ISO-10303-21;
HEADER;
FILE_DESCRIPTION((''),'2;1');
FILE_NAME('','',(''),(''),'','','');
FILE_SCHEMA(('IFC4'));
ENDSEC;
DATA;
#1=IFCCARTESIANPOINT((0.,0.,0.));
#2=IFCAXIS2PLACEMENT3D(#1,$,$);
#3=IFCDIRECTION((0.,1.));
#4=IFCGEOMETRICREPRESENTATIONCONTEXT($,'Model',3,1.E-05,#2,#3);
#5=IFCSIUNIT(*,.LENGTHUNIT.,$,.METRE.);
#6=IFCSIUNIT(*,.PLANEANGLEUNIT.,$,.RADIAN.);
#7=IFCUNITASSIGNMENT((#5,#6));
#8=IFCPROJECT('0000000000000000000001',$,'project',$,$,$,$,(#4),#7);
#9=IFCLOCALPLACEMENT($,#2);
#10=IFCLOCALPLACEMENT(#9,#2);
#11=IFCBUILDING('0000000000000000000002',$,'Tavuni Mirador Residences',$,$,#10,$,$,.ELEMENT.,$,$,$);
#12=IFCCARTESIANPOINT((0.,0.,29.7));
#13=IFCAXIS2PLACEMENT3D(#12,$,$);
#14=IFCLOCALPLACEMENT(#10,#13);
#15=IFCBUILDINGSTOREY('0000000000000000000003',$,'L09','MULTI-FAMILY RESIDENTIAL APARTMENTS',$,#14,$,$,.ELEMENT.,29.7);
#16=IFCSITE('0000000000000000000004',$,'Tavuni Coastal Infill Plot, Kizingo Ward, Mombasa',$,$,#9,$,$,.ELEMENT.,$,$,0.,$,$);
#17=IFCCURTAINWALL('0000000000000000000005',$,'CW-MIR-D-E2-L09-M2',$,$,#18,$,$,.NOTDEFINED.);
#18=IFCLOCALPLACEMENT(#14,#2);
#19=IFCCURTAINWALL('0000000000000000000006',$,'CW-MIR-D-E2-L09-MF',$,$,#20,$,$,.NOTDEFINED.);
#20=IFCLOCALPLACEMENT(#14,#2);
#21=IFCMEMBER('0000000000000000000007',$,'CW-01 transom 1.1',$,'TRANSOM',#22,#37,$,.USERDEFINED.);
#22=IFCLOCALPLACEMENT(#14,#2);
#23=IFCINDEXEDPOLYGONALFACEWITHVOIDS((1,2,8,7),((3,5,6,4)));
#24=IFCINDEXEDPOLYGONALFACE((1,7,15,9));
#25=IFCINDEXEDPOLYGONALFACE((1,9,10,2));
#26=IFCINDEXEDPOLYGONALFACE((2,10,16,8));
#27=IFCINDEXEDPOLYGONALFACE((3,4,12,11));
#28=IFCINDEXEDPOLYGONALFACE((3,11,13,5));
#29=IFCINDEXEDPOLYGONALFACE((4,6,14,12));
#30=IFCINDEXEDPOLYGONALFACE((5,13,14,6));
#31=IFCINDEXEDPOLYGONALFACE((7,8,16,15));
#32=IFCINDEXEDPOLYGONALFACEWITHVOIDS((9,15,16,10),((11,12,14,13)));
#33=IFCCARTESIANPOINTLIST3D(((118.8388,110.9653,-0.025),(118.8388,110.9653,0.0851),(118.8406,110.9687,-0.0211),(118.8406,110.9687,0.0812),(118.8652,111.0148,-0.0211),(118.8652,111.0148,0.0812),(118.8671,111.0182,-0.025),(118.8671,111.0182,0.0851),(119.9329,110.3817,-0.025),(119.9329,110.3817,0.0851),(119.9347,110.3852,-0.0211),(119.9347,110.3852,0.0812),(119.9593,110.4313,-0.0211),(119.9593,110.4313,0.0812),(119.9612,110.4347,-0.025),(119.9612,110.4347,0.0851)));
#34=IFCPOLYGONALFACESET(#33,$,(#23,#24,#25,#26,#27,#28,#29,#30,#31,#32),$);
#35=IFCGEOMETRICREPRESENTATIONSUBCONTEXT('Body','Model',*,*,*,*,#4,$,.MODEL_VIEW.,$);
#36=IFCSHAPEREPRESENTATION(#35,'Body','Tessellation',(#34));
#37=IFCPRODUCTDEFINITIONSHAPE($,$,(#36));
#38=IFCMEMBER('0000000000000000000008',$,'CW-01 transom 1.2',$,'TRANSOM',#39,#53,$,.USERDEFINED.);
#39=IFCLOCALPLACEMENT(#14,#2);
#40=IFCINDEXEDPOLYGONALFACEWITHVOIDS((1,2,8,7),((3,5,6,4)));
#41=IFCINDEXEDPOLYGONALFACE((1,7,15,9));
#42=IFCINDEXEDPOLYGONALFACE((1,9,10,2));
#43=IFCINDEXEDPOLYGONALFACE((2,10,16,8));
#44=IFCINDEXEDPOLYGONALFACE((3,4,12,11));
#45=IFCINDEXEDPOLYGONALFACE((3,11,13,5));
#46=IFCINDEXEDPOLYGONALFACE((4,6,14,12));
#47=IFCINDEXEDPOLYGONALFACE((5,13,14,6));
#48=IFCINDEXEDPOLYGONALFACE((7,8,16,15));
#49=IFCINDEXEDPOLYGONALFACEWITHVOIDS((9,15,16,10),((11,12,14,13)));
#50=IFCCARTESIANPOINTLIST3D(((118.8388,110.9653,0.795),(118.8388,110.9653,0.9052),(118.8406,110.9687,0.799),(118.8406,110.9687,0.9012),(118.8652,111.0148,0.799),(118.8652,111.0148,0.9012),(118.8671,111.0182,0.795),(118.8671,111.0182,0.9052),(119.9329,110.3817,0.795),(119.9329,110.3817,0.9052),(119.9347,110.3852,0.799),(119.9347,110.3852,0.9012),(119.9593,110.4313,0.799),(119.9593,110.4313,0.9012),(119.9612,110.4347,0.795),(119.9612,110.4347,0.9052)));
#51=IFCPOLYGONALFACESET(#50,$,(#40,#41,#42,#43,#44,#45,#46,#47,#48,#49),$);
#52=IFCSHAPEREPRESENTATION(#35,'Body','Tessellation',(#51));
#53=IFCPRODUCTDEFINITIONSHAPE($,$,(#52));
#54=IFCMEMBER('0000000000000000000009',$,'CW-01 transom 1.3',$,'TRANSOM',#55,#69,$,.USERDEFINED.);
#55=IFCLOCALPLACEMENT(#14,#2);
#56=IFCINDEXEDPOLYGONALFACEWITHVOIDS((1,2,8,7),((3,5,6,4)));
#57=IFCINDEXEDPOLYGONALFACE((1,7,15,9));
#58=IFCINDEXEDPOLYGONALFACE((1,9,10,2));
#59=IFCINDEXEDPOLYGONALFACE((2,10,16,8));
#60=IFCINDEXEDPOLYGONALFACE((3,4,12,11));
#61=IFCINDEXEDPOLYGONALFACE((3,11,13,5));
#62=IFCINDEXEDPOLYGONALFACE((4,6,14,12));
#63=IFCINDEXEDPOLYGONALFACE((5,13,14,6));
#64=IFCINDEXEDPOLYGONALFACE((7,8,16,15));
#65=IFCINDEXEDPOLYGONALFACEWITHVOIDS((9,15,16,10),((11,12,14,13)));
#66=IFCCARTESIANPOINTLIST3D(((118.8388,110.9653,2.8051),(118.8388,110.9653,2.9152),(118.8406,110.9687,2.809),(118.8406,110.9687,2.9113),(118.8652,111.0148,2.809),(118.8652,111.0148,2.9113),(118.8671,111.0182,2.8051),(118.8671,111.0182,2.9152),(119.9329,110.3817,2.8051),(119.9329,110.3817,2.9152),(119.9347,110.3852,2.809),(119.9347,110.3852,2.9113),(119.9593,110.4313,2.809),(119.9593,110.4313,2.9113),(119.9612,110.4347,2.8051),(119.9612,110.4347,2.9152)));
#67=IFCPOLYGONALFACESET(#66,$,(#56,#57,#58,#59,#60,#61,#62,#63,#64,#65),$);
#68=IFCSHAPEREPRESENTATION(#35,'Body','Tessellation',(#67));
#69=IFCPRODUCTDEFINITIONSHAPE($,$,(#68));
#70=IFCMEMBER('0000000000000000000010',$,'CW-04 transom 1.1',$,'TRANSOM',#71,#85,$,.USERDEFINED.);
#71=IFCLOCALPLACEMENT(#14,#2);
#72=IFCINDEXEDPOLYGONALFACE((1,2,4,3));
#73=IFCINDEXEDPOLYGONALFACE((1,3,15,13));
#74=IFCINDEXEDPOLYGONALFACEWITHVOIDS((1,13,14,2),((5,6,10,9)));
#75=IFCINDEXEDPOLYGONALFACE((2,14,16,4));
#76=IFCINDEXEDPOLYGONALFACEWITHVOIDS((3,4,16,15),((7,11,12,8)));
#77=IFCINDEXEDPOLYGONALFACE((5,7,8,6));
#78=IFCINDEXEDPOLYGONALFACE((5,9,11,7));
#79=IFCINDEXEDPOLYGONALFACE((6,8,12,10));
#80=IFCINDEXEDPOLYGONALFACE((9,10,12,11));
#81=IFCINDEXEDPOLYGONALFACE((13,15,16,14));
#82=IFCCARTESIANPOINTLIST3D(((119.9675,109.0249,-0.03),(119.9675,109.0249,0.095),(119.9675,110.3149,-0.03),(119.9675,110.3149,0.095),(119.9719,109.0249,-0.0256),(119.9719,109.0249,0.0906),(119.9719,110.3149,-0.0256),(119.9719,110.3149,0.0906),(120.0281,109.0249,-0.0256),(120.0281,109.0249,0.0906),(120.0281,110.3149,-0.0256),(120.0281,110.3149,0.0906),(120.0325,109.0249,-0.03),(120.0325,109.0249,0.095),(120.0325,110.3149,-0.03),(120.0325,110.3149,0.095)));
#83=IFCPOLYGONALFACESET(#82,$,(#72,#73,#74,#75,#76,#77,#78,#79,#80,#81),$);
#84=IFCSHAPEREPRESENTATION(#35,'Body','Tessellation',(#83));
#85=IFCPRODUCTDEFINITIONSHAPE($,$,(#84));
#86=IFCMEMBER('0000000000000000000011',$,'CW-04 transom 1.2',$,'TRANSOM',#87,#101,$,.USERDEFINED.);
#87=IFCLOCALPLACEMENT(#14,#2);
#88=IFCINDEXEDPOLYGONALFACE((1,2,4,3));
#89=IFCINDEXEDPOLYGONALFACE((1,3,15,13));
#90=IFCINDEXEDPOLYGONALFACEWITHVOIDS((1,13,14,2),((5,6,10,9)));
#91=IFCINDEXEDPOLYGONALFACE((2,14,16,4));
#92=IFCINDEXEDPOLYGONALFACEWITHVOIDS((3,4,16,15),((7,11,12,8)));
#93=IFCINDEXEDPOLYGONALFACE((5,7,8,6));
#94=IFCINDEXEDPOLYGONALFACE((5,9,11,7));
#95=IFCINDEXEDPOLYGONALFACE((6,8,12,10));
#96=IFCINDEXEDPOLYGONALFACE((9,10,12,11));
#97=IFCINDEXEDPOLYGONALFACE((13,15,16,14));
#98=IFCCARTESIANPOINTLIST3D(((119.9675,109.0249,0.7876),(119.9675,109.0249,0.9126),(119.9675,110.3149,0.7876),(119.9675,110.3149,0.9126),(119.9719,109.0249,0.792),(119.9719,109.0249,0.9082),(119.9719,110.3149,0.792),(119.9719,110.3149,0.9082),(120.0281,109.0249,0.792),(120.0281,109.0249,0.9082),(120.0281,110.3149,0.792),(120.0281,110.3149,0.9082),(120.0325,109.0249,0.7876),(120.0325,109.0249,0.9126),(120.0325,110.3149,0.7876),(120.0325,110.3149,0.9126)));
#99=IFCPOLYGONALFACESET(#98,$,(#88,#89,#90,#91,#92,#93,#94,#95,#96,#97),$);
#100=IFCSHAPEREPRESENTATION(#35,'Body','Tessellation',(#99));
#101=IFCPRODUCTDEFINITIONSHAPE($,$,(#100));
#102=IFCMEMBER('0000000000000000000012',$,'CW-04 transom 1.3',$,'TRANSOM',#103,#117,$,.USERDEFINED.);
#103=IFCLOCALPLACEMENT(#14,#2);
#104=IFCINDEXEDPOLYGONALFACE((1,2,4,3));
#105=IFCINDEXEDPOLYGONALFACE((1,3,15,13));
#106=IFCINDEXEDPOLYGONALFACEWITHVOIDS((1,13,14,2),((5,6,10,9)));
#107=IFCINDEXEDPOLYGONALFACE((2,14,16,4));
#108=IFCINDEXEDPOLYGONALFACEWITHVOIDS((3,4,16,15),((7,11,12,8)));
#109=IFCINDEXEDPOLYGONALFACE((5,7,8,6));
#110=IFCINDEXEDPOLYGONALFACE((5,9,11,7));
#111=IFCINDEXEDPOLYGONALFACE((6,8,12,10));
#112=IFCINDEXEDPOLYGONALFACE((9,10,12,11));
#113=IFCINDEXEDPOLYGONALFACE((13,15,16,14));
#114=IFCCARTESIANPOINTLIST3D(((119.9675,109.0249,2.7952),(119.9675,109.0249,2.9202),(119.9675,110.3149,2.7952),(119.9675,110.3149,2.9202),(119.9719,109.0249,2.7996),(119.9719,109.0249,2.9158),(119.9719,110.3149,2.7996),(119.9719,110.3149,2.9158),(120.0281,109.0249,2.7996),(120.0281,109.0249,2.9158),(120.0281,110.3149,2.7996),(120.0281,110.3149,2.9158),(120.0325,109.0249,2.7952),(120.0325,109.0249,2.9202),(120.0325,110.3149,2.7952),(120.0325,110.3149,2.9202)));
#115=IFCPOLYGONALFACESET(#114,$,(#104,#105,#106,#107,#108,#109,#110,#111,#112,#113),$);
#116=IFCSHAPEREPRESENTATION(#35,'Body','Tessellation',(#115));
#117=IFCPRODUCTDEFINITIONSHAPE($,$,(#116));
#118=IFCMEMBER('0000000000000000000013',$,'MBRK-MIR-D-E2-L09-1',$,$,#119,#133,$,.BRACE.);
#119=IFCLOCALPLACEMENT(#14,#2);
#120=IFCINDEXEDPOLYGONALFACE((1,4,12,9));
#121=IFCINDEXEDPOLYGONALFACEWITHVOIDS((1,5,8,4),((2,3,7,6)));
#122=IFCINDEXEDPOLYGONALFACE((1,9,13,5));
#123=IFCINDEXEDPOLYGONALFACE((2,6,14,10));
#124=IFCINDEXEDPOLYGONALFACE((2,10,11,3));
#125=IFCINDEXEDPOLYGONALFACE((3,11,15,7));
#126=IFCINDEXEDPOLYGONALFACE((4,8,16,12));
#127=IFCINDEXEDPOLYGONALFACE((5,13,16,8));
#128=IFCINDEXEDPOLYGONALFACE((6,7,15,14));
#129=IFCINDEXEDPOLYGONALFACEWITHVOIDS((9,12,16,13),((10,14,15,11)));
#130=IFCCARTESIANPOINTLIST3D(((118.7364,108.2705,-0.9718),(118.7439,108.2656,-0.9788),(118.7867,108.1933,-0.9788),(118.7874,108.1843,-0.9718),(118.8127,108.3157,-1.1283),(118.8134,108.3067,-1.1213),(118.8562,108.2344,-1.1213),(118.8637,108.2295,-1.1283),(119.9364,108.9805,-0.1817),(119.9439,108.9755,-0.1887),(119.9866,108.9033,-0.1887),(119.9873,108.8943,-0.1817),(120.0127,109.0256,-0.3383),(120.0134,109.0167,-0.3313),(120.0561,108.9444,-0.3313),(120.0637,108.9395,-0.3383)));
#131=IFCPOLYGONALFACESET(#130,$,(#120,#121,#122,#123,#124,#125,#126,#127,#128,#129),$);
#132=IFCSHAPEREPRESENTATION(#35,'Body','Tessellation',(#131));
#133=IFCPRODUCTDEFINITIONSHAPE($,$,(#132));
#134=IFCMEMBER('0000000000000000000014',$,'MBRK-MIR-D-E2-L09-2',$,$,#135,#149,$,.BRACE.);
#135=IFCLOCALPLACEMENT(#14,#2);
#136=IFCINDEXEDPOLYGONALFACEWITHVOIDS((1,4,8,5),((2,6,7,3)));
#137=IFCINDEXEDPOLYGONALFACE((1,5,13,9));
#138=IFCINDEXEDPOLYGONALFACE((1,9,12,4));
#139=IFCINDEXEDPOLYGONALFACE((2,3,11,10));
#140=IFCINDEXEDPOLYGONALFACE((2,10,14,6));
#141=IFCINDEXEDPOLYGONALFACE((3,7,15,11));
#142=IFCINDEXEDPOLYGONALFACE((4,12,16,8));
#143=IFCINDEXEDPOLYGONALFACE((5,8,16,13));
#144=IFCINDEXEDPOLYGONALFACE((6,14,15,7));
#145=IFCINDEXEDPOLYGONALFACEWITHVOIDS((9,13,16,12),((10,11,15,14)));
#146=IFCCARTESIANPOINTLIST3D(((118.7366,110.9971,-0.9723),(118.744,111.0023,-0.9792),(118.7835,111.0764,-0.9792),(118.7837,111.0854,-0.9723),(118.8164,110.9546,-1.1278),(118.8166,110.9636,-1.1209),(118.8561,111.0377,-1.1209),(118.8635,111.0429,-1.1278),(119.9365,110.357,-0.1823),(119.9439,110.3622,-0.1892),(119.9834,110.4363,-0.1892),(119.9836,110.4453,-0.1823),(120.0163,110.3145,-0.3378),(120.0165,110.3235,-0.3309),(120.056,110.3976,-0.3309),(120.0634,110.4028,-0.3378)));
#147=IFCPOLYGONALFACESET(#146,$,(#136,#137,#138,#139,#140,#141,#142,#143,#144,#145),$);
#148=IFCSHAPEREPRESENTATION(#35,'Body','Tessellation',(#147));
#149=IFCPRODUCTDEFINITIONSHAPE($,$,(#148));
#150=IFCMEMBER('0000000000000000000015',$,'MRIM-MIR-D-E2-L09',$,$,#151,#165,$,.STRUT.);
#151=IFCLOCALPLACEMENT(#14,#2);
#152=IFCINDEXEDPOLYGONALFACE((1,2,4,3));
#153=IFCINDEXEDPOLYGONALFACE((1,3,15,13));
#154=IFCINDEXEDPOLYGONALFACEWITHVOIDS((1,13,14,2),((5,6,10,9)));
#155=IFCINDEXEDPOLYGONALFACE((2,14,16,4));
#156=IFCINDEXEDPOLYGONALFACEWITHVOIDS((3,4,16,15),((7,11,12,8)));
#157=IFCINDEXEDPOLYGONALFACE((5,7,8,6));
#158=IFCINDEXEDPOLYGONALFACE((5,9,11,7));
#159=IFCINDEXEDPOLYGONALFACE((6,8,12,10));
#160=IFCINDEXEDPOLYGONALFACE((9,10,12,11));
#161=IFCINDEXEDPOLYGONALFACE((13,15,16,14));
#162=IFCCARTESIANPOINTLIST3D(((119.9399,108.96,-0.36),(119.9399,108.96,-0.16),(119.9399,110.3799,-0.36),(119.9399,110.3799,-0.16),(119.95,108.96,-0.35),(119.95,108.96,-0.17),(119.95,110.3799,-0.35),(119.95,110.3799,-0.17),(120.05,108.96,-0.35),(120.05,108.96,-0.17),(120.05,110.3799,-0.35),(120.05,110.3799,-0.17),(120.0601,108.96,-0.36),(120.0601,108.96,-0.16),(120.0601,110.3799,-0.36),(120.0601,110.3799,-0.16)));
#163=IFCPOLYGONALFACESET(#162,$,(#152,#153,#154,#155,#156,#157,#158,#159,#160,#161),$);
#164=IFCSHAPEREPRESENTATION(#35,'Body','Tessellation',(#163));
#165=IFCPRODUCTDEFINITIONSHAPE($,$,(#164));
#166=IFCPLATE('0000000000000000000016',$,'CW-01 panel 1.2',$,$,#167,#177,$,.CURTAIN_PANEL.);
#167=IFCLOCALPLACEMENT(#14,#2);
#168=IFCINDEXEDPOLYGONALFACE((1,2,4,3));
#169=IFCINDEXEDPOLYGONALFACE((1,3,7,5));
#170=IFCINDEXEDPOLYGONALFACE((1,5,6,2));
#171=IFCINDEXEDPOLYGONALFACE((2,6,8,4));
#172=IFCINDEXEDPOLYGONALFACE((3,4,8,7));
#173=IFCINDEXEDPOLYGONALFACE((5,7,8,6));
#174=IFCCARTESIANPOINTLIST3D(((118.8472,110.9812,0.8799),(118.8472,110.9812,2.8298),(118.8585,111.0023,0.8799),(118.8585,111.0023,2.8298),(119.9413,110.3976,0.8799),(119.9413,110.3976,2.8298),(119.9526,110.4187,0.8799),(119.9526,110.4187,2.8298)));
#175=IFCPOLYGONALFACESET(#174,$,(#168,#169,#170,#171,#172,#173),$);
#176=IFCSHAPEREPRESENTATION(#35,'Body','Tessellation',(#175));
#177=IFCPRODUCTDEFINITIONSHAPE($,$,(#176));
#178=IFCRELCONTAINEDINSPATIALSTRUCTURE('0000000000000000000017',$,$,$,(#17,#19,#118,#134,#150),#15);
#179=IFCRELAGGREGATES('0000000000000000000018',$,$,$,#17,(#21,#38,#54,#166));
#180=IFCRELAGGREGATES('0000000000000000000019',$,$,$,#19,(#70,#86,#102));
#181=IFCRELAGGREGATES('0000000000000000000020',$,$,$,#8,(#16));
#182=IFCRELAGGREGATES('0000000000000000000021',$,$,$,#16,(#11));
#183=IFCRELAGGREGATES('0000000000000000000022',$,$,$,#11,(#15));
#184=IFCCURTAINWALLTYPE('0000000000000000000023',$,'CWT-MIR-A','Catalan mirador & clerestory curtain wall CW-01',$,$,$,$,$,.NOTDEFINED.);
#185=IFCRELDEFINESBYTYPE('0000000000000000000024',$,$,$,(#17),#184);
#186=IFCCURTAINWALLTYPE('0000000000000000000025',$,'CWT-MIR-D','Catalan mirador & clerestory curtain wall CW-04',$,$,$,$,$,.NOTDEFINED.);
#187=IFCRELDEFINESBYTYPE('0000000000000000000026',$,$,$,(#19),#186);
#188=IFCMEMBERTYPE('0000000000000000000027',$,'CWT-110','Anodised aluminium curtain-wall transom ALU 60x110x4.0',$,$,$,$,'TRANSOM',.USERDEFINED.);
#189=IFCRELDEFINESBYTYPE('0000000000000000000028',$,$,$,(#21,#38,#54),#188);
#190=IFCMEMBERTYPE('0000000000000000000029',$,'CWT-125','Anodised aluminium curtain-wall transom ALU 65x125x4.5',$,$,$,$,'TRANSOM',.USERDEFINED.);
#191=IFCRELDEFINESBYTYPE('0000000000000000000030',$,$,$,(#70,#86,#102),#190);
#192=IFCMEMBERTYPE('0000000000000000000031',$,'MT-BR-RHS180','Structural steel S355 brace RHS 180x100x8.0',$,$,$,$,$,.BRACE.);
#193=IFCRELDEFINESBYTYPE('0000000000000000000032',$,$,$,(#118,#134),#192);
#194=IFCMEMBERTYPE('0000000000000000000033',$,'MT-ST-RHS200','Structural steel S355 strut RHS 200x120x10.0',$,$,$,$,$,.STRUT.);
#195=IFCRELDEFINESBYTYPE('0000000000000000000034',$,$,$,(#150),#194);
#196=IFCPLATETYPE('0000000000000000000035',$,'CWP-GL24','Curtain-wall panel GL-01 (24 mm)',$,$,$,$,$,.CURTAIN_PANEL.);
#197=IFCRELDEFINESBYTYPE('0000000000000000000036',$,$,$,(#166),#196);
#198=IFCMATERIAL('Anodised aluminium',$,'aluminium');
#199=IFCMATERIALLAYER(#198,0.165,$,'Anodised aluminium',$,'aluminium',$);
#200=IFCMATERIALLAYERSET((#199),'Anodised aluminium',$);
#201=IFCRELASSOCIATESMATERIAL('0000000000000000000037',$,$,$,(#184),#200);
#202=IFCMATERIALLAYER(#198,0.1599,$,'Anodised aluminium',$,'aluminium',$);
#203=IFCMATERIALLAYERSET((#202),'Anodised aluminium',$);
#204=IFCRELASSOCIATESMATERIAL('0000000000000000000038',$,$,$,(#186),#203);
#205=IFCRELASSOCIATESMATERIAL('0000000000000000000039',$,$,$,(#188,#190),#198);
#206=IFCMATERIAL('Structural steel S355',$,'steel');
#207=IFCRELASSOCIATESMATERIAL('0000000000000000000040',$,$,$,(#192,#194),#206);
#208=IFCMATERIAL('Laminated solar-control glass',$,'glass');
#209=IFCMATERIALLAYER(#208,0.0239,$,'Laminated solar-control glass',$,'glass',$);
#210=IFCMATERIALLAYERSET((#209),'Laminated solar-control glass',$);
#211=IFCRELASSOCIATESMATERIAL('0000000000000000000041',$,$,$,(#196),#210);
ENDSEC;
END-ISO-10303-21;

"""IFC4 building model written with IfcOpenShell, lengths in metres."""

from ifc_helpers import new_model, si_unit, direction, frame, origin, origin_2d, place, context, subcontext, project, spatial, rectangle, hollow_rectangle, extrude, material, layer, layer_set, material_profile, profile_set, type_object, element, aggregate, save


model = new_model("IFC4")

# Units and contexts
model_context = context("Model", 3, precision=1e-05, world=origin(), true_north=direction((0.0, 1.0)))
body_context = subcontext(model_context, "Body", "Model", "MODEL_VIEW")
ifc_project = project(units=[si_unit("LENGTHUNIT", "METRE"), si_unit("PLANEANGLEUNIT", "RADIAN")], contexts=[model_context])

# Site, building, storey
site_placement = place(None, origin())
site = spatial("IfcSite", under=ifc_project, at=site_placement, Name="Tavuni Coastal Infill Plot, Kizingo Ward, Mombasa", CompositionType="ELEMENT", RefElevation=0.0)
building_placement = place(site_placement, origin())
building = spatial("IfcBuilding", under=site, at=building_placement, Name="Tavuni Mirador Residences", CompositionType="ELEMENT")
storey_placement = place(building_placement, frame((0.0, 0.0, 29.7)))
storey = spatial("IfcBuildingStorey", under=building, at=storey_placement, Name="L09", Description="MULTI-FAMILY RESIDENTIAL APARTMENTS", CompositionType="ELEMENT", Elevation=29.7)

# Curtain walls
ifc_material_1 = material(Name="Anodised aluminium", Category="aluminium")
ifc_layer_1 = layer(ifc_material_1, 0.165, Name="Anodised aluminium", Category="aluminium")
ifc_layer_set_1 = layer_set([ifc_layer_1], Name="Anodised aluminium")
curtain_wall_type_1 = type_object("IfcCurtainWallType", Name="CWT-MIR-A", Description="Catalan mirador & clerestory curtain wall CW-01", PredefinedType="NOTDEFINED", material=ifc_layer_set_1)
curtain_wall_1_placement = place(storey_placement, origin())
curtain_wall_1 = element("IfcCurtainWall", 1, at=curtain_wall_1_placement, inside=storey, type_object=curtain_wall_type_1, Name="CW-MIR-D-E2-L09-M2", PredefinedType="NOTDEFINED")
ifc_layer_2 = layer(ifc_material_1, 0.1599, Name="Anodised aluminium", Category="aluminium")
ifc_layer_set_2 = layer_set([ifc_layer_2], Name="Anodised aluminium")
curtain_wall_type_2 = type_object("IfcCurtainWallType", Name="CWT-MIR-D", Description="Catalan mirador & clerestory curtain wall CW-04", PredefinedType="NOTDEFINED", material=ifc_layer_set_2)
curtain_wall_2_placement = place(storey_placement, origin())
curtain_wall_2 = element("IfcCurtainWall", 2, at=curtain_wall_2_placement, inside=storey, type_object=curtain_wall_type_2, Name="CW-MIR-D-E2-L09-MF", PredefinedType="NOTDEFINED")

# Members
ifc_material_profile_1 = material_profile(ifc_material_1, hollow_rectangle(XDim=0.0601, YDim=0.1101, WallThickness=0.0039, at=origin_2d()), Name="ALU 60x110x4.0", Category="aluminium")
ifc_profile_set_1 = profile_set([ifc_material_profile_1], Name="Anodised aluminium")
member_type_1 = type_object("IfcMemberType", Name="CWT-110", Description="Anodised aluminium curtain-wall transom ALU 60x110x4.0", ElementType="TRANSOM", PredefinedType="USERDEFINED", material=ifc_profile_set_1)
member_1_placement = place(storey_placement, frame((119.947, 110.4082, 0.03), z_axis=(-0.882342, 0.470609, 0.0), x_axis=(-0.470609, -0.882342, 0.0)))
member_1 = element("IfcMember", 3, at=member_1_placement, type_object=member_type_1, Name="CW-01 transom 1.1", ObjectType="TRANSOM", PredefinedType="USERDEFINED", context=body_context, shape_type="SweptSolid", body=[
    extrude(hollow_rectangle(XDim=0.0601, YDim=0.1101, WallThickness=0.0039, at=origin_2d()), origin(), (0.0, 0.0, 1.0), 1.24),
])
member_2_placement = place(storey_placement, frame((119.947, 110.4082, 0.8501), z_axis=(-0.882342, 0.470609, 0.0), x_axis=(-0.470609, -0.882342, 0.0)))
member_2 = element("IfcMember", 4, at=member_2_placement, type_object=member_type_1, Name="CW-01 transom 1.2", ObjectType="TRANSOM", PredefinedType="USERDEFINED", context=body_context, shape_type="SweptSolid", body=[
    extrude(hollow_rectangle(XDim=0.0601, YDim=0.1101, WallThickness=0.0039, at=origin_2d()), origin(), (0.0, 0.0, 1.0), 1.24),
])
member_3_placement = place(storey_placement, frame((119.947, 110.4082, 2.8601), z_axis=(-0.882342, 0.470609, 0.0), x_axis=(-0.470609, -0.882342, 0.0)))
member_3 = element("IfcMember", 5, at=member_3_placement, type_object=member_type_1, Name="CW-01 transom 1.3", ObjectType="TRANSOM", PredefinedType="USERDEFINED", context=body_context, shape_type="SweptSolid", body=[
    extrude(hollow_rectangle(XDim=0.0601, YDim=0.1101, WallThickness=0.0039, at=origin_2d()), origin(), (0.0, 0.0, 1.0), 1.24),
])
ifc_material_profile_2 = material_profile(ifc_material_1, hollow_rectangle(XDim=0.0649, YDim=0.125, WallThickness=0.0044, at=origin_2d()), Name="ALU 65x125x4.5", Category="aluminium")
ifc_profile_set_2 = profile_set([ifc_material_profile_2], Name="Anodised aluminium")
member_type_2 = type_object("IfcMemberType", Name="CWT-125", Description="Anodised aluminium curtain-wall transom ALU 65x125x4.5", ElementType="TRANSOM", PredefinedType="USERDEFINED", material=ifc_profile_set_2)
member_4_placement = place(storey_placement, frame((120.0, 109.0249, 0.0325), z_axis=(0.0, 1.0, 0.0), x_axis=(-1.0, 0.0, 0.0)))
member_4 = element("IfcMember", 6, at=member_4_placement, type_object=member_type_2, Name="CW-04 transom 1.1", ObjectType="TRANSOM", PredefinedType="USERDEFINED", context=body_context, shape_type="SweptSolid", body=[
    extrude(hollow_rectangle(XDim=0.0649, YDim=0.125, WallThickness=0.0044, at=origin_2d()), origin(), (0.0, 0.0, 1.0), 1.29),
])
member_5_placement = place(storey_placement, frame((120.0, 109.0249, 0.8501), z_axis=(0.0, 1.0, 0.0), x_axis=(-1.0, 0.0, 0.0)))
member_5 = element("IfcMember", 7, at=member_5_placement, type_object=member_type_2, Name="CW-04 transom 1.2", ObjectType="TRANSOM", PredefinedType="USERDEFINED", context=body_context, shape_type="SweptSolid", body=[
    extrude(hollow_rectangle(XDim=0.0649, YDim=0.125, WallThickness=0.0044, at=origin_2d()), origin(), (0.0, 0.0, 1.0), 1.29),
])
member_6_placement = place(storey_placement, frame((120.0, 109.0249, 2.8577), z_axis=(0.0, 1.0, 0.0), x_axis=(-1.0, 0.0, 0.0)))
member_6 = element("IfcMember", 8, at=member_6_placement, type_object=member_type_2, Name="CW-04 transom 1.3", ObjectType="TRANSOM", PredefinedType="USERDEFINED", context=body_context, shape_type="SweptSolid", body=[
    extrude(hollow_rectangle(XDim=0.0649, YDim=0.125, WallThickness=0.0044, at=origin_2d()), origin(), (0.0, 0.0, 1.0), 1.29),
])

# Members
ifc_material_2 = material(Name="Structural steel S355", Category="steel")
ifc_material_profile_3 = material_profile(ifc_material_2, hollow_rectangle(XDim=0.1001, YDim=0.1799, WallThickness=0.0081, at=origin_2d()), Name="RHS 180x100x8.0", Category="steel")
ifc_profile_set_3 = profile_set([ifc_material_profile_3], Name="Structural steel S355")
member_type_3 = type_object("IfcMemberType", Name="MT-BR-RHS180", Description="Structural steel S355 brace RHS 180x100x8.0", PredefinedType="BRACE", material=ifc_profile_set_3)
member_7_placement = place(storey_placement, frame((118.8, 108.25, -1.05), z_axis=(0.748787, 0.443026, 0.492996), x_axis=(-0.509207, 0.860644, 0.0)))
element("IfcMember", 9, at=member_7_placement, inside=storey, type_object=member_type_3, Name="MBRK-MIR-D-E2-L09-1", PredefinedType="BRACE", context=body_context, shape_type="SweptSolid", body=[
    extrude(hollow_rectangle(XDim=0.1001, YDim=0.1799, WallThickness=0.0081, at=origin_2d()), origin(), (0.0, 0.0, 1.0), 1.6025),
])
member_8_placement = place(storey_placement, frame((118.8, 111.02, -1.05), z_axis=(0.762921, -0.406995, 0.502302), x_axis=(0.470681, 0.882303, 0.0)))
element("IfcMember", 10, at=member_8_placement, inside=storey, type_object=member_type_3, Name="MBRK-MIR-D-E2-L09-2", PredefinedType="BRACE", context=body_context, shape_type="SweptSolid", body=[
    extrude(hollow_rectangle(XDim=0.1001, YDim=0.1799, WallThickness=0.0081, at=origin_2d()), origin(), (0.0, 0.0, 1.0), 1.5728),
])
ifc_material_profile_4 = material_profile(ifc_material_2, hollow_rectangle(XDim=0.1201, YDim=0.2, WallThickness=0.01, at=origin_2d()), Name="RHS 200x120x10.0", Category="steel")
ifc_profile_set_4 = profile_set([ifc_material_profile_4], Name="Structural steel S355")
member_type_4 = type_object("IfcMemberType", Name="MT-ST-RHS200", Description="Structural steel S355 strut RHS 200x120x10.0", PredefinedType="STRUT", material=ifc_profile_set_4)
member_9_placement = place(storey_placement, frame((120.0, 108.96, -0.26), z_axis=(0.0, 1.0, 0.0), x_axis=(-1.0, 0.0, 0.0)))
element("IfcMember", 11, at=member_9_placement, inside=storey, type_object=member_type_4, Name="MRIM-MIR-D-E2-L09", PredefinedType="STRUT", context=body_context, shape_type="SweptSolid", body=[
    extrude(hollow_rectangle(XDim=0.1201, YDim=0.2, WallThickness=0.01, at=origin_2d()), origin(), (0.0, 0.0, 1.0), 1.4199),
])

# Plate
ifc_material_3 = material(Name="Laminated solar-control glass", Category="glass")
ifc_layer_3 = layer(ifc_material_3, 0.0239, Name="Laminated solar-control glass", Category="glass")
ifc_layer_set_3 = layer_set([ifc_layer_3], Name="Laminated solar-control glass")
plate_type_1 = type_object("IfcPlateType", Name="CWP-GL24", Description="Curtain-wall panel GL-01 (24 mm)", PredefinedType="CURTAIN_PANEL", material=ifc_layer_set_3)
plate_1_placement = place(storey_placement, frame((119.3999, 110.7, 0.8799), z_axis=(0.0, 0.0, 1.0), x_axis=(-0.882353, 0.470588, 0.0)))
plate_1 = element("IfcPlate", 12, at=plate_1_placement, type_object=plate_type_1, Name="CW-01 panel 1.2", PredefinedType="CURTAIN_PANEL", context=body_context, shape_type="SweptSolid", body=[
    extrude(rectangle(XDim=1.24, YDim=0.0239, at=origin_2d()), origin(), (0.0, 0.0, 1.0), 1.95),
])
aggregate(curtain_wall_1, [member_1, member_2, member_3, plate_1])
aggregate(curtain_wall_2, [member_4, member_5, member_6])

save(model, "model.ifc")
